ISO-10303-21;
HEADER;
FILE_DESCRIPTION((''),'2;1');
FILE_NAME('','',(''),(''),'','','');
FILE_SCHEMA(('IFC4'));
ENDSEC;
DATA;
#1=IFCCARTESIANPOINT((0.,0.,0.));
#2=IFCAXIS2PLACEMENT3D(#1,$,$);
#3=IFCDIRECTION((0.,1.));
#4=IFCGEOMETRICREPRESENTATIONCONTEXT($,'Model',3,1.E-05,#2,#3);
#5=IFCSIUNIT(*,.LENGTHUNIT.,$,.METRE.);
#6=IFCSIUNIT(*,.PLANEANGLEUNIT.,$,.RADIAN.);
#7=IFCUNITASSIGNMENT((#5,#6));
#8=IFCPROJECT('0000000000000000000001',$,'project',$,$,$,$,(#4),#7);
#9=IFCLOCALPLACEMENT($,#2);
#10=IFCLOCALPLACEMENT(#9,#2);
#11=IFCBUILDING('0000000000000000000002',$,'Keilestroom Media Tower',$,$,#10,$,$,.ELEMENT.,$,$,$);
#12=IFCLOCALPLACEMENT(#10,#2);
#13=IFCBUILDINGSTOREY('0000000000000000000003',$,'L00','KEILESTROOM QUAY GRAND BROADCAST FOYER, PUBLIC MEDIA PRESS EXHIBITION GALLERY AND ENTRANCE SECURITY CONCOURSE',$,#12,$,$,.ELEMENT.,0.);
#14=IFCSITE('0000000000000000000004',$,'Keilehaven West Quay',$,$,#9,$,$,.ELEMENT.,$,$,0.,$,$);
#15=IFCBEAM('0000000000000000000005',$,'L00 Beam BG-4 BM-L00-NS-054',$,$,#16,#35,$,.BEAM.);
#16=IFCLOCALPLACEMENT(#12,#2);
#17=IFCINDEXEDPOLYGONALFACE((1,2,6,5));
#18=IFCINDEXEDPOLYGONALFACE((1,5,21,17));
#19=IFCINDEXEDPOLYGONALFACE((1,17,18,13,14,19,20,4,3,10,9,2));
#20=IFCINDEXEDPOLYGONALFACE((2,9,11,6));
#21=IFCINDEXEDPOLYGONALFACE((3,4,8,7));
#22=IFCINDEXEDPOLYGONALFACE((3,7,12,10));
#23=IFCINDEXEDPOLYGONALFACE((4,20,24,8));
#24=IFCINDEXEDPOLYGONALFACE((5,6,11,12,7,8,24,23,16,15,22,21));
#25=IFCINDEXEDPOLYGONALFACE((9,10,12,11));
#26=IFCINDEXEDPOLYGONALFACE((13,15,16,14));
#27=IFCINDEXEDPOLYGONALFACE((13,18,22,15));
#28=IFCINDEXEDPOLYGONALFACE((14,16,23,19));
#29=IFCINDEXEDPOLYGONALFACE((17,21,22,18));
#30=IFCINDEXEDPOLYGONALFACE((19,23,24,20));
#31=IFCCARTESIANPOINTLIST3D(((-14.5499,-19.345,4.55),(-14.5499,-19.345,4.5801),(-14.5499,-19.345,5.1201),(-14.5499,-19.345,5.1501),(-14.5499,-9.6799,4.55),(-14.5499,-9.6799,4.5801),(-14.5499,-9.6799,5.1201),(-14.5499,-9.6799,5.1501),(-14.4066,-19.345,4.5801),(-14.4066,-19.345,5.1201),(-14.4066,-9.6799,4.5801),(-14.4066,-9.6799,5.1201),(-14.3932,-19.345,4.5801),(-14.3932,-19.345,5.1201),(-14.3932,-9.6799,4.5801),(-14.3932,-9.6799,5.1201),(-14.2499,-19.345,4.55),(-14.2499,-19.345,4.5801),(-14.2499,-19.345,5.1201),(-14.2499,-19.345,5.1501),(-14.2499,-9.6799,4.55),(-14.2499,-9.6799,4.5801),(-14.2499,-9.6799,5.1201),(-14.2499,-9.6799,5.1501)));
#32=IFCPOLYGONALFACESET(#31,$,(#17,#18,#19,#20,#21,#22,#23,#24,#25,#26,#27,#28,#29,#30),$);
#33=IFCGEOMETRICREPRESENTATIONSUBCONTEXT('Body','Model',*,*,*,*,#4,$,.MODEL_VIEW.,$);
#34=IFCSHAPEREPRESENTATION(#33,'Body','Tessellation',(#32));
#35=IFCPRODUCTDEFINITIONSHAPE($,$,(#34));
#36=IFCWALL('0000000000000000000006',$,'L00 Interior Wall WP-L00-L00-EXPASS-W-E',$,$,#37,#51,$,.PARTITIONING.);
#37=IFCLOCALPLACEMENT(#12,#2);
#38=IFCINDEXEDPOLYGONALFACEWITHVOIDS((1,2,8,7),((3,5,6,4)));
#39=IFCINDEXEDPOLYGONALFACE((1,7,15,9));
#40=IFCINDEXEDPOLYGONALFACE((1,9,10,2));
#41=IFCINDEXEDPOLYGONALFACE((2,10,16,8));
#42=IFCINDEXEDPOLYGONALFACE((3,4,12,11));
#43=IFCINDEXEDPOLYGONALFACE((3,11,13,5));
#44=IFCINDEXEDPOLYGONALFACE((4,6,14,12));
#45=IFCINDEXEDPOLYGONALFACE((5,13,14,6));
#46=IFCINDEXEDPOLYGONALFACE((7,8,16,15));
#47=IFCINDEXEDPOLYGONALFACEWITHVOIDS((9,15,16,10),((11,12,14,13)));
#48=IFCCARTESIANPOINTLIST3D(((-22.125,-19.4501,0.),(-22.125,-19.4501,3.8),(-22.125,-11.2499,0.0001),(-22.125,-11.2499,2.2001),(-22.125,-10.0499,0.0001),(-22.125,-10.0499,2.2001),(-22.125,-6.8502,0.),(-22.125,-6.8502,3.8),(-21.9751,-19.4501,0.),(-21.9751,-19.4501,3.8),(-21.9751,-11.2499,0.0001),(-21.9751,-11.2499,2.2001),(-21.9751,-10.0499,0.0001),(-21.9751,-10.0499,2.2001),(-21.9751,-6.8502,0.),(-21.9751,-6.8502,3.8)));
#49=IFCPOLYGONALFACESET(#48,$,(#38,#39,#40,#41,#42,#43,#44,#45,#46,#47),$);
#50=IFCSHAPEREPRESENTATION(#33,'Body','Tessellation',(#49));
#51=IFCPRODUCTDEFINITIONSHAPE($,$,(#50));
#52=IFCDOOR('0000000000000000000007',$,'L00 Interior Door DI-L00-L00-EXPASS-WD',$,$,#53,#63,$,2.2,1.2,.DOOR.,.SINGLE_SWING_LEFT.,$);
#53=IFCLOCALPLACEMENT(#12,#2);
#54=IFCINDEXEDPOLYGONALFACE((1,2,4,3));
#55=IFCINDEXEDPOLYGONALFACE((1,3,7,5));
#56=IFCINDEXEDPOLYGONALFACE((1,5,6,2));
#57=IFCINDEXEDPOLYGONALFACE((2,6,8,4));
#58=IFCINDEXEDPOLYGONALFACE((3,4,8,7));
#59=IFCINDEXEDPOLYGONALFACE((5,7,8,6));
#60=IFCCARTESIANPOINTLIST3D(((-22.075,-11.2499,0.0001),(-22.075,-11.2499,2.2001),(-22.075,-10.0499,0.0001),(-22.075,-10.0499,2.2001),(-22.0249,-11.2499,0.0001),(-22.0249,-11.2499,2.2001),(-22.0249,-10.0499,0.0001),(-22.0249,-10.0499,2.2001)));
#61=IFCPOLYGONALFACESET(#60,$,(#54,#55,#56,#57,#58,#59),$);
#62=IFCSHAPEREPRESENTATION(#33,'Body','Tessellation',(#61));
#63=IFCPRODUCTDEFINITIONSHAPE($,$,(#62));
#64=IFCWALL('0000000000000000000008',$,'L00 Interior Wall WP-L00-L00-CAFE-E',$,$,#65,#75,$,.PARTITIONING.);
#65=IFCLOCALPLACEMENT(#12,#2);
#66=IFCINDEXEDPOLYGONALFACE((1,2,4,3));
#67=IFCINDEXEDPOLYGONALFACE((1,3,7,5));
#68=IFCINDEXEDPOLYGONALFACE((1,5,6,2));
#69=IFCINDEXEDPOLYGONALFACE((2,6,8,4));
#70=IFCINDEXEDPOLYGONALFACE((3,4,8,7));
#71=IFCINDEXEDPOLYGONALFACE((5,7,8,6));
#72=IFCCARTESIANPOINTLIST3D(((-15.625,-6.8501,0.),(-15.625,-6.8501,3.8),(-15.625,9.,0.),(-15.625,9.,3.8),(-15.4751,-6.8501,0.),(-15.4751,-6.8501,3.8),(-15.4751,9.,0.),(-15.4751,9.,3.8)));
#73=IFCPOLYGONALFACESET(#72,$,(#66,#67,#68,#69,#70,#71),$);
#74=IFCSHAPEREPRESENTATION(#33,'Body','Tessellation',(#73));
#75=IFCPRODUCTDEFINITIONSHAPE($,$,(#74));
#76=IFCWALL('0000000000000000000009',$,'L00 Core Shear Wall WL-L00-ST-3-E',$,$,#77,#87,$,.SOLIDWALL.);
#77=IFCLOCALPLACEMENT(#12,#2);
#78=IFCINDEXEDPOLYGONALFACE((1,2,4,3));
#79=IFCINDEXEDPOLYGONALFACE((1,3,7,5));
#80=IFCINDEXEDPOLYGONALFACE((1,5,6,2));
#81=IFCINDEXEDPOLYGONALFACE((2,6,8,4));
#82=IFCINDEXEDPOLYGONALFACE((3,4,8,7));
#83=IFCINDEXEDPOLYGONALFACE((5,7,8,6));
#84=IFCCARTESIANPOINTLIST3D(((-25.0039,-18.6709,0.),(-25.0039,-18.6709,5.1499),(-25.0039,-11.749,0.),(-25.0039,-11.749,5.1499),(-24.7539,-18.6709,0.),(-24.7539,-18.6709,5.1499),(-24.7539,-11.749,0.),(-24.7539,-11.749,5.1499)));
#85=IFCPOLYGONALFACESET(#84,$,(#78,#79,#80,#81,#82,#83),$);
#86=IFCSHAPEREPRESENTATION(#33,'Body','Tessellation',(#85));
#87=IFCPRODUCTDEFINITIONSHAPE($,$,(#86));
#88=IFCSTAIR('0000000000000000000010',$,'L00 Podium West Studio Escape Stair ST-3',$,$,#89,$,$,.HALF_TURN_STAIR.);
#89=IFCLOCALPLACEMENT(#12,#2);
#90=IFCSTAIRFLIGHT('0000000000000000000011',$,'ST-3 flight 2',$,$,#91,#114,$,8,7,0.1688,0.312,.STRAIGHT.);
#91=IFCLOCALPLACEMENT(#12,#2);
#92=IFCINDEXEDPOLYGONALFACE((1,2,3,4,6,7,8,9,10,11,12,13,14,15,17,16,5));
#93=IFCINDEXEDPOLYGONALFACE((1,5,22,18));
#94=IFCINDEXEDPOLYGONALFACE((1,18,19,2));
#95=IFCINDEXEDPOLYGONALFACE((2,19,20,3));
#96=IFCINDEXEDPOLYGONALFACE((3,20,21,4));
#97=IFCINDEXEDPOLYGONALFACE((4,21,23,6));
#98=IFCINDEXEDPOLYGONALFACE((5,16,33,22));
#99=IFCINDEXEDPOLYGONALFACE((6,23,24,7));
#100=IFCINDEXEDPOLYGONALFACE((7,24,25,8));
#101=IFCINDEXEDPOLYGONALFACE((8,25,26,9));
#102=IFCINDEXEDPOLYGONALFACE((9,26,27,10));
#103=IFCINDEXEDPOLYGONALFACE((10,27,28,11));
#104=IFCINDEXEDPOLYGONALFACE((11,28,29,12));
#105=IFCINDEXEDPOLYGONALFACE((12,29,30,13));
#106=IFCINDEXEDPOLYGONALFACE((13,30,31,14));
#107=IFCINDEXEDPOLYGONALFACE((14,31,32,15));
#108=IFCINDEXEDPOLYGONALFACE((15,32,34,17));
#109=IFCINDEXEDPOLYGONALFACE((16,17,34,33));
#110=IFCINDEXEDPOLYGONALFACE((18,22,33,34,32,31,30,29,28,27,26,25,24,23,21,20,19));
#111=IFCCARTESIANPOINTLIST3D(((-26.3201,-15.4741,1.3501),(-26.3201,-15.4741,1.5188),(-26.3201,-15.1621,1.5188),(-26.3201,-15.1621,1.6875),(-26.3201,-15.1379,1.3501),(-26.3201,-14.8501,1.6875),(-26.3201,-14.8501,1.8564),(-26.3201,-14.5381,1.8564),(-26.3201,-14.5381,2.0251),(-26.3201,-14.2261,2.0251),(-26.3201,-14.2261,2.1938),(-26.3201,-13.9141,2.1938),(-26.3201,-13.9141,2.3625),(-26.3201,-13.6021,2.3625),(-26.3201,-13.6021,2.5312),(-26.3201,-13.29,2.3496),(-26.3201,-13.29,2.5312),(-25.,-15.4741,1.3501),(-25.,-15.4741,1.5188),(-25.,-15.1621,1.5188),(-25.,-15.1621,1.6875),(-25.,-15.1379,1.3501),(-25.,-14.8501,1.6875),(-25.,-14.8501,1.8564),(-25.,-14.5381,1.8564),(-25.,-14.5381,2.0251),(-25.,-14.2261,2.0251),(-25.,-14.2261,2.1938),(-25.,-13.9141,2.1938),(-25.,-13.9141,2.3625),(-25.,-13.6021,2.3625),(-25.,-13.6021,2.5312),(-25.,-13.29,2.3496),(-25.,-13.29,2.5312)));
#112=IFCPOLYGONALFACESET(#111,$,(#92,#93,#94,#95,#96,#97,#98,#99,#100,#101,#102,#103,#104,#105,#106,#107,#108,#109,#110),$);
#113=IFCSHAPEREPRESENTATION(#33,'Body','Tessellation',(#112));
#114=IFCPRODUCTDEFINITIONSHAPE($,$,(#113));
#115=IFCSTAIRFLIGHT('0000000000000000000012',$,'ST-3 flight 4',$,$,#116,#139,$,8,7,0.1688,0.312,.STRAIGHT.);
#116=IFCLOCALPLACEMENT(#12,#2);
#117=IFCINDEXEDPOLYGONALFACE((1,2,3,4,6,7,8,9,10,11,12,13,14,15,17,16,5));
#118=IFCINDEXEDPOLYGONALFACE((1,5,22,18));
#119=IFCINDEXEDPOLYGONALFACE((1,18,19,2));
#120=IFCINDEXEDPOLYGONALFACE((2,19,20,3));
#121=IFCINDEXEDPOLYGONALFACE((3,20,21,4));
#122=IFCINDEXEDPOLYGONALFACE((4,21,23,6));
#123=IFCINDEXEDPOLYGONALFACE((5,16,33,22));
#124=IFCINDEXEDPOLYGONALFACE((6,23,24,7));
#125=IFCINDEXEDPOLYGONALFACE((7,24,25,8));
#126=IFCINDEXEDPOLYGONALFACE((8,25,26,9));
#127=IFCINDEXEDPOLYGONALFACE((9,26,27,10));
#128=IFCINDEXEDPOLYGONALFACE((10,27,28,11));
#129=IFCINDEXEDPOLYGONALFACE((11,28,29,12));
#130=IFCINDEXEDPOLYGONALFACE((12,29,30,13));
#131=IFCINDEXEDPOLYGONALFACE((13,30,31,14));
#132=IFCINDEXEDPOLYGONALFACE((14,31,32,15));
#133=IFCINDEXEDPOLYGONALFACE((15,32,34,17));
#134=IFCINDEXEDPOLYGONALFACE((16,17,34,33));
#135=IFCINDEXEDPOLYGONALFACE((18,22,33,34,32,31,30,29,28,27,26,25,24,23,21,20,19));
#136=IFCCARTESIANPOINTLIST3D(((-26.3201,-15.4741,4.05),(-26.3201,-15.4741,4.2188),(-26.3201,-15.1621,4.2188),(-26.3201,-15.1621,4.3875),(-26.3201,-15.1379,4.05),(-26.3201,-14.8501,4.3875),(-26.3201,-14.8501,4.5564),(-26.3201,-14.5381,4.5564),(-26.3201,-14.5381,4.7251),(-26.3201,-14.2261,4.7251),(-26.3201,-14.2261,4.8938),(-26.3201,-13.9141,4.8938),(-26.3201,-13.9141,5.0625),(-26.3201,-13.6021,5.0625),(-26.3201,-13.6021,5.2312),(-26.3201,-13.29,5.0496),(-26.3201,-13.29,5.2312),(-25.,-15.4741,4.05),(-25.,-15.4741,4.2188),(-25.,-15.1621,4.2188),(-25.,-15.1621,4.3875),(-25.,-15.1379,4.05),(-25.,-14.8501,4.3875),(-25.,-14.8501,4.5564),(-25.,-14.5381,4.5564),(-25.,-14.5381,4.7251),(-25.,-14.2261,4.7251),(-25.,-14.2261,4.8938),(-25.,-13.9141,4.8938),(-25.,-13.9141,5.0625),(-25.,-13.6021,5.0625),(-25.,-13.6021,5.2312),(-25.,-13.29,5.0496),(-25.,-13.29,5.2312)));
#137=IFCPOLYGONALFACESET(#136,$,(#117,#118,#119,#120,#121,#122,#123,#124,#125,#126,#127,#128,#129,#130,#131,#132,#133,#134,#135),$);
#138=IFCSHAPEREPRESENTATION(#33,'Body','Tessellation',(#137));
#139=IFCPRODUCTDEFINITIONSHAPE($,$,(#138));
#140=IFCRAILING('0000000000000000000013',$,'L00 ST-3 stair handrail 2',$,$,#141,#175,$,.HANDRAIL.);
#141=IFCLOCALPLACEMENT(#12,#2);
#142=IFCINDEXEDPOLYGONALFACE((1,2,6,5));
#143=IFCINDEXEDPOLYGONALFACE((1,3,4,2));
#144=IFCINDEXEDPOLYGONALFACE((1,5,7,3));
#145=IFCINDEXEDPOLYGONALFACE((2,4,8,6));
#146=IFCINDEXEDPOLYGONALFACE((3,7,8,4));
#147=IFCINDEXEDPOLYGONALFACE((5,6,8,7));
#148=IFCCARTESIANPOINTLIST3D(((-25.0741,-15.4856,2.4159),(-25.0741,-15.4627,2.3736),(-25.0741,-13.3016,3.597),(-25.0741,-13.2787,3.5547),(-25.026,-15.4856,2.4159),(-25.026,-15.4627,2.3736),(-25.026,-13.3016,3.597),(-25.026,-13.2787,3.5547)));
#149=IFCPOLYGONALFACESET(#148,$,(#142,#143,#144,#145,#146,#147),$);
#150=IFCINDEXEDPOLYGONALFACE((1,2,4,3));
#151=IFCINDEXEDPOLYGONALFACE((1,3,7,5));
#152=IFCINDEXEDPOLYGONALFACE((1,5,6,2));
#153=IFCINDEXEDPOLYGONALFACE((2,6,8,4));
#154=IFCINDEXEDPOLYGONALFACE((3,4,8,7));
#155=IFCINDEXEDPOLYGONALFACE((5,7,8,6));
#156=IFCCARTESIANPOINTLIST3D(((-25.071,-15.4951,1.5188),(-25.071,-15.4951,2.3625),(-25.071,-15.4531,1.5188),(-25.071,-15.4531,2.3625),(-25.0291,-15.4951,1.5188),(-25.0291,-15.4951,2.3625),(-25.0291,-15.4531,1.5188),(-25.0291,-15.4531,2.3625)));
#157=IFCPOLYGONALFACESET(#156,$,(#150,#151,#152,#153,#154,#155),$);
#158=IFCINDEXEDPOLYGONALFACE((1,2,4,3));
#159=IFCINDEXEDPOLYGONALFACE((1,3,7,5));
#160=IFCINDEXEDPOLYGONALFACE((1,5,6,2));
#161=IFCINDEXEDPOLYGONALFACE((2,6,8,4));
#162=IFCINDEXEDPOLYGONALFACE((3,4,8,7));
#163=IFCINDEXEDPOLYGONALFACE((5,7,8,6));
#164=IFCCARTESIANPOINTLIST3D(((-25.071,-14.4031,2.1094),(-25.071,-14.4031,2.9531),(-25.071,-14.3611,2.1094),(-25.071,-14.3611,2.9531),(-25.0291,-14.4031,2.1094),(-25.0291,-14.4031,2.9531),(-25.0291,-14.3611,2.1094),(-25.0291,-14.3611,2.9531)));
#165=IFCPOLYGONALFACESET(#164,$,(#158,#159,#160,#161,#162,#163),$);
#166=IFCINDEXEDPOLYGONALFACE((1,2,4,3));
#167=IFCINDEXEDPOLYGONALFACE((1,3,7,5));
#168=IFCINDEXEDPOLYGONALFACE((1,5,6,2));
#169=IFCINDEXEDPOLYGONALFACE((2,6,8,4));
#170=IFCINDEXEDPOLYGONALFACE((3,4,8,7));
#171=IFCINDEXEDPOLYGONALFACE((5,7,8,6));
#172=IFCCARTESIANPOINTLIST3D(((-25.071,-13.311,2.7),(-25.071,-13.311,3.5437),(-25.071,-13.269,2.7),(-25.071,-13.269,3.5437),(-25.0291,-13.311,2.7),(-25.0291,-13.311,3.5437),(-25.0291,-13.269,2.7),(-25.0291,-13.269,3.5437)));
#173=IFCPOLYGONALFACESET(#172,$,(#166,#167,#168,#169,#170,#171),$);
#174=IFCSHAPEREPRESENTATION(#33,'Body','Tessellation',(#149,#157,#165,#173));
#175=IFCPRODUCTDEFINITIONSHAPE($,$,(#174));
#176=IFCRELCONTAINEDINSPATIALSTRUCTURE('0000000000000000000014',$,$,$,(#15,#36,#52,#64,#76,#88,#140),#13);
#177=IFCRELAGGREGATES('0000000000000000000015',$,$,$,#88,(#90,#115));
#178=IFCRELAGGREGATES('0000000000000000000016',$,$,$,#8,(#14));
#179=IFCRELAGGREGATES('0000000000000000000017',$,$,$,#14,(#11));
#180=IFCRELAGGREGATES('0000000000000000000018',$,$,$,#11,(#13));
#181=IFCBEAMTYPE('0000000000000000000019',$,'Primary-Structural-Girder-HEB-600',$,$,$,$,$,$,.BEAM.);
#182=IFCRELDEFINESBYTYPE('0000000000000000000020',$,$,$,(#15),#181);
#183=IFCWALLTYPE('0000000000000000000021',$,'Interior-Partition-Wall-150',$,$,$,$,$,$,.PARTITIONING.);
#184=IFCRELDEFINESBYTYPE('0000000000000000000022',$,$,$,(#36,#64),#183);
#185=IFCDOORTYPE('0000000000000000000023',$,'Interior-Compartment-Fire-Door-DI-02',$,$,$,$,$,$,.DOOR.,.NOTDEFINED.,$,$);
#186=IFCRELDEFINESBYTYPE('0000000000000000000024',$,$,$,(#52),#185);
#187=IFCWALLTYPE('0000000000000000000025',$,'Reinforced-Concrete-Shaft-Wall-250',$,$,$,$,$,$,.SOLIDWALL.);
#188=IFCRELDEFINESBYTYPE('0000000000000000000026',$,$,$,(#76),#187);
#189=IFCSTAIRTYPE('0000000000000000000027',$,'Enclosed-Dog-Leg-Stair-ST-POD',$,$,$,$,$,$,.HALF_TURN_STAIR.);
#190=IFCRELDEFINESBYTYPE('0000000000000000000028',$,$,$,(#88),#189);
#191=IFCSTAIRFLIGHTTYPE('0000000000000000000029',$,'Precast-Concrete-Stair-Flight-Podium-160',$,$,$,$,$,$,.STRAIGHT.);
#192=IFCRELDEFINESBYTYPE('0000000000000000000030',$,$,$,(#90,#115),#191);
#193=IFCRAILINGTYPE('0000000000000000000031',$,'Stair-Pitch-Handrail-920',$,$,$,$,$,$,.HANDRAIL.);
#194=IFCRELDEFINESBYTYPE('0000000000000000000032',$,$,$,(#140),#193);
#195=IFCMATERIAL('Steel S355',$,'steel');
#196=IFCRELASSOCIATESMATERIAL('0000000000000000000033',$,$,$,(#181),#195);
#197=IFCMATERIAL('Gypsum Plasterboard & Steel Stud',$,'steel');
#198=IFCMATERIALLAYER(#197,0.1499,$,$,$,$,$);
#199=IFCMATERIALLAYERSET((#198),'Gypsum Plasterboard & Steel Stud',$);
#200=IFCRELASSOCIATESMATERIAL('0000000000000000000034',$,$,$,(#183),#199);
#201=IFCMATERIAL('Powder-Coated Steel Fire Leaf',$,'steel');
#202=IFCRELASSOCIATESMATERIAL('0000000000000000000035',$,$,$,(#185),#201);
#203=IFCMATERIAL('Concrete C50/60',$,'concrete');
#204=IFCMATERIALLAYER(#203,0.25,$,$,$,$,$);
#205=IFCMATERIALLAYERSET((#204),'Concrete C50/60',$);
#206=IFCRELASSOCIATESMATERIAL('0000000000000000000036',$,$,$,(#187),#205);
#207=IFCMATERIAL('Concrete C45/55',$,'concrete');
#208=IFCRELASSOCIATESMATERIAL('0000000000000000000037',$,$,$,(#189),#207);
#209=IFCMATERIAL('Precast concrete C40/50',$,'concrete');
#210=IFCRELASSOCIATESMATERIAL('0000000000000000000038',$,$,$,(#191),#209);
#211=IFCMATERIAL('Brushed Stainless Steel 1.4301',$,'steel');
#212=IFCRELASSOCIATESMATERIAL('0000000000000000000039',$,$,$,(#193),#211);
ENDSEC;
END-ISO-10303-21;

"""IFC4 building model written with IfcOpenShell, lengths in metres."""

from ifc_helpers import new_model, si_unit, direction, frame, frame_2d, origin, origin_2d, place, context, subcontext, project, spatial, polyline, rectangle, i_section, outline, extrude, source, transform, mapped, material, layer, layer_set, material_profile, profile_set, type_object, element, fill, aggregate, save


model = new_model("IFC4")

# Units and contexts
model_context = context("Model", 3, precision=1e-05, world=origin(), true_north=direction((0.0, 1.0)))
body_context = subcontext(model_context, "Body", "Model", "MODEL_VIEW")
ifc_project = project(units=[si_unit("LENGTHUNIT", "METRE"), si_unit("PLANEANGLEUNIT", "RADIAN")], contexts=[model_context])

# Site, building, storey
site_placement = place(None, origin())
site = spatial("IfcSite", under=ifc_project, at=site_placement, Name="Keilehaven West Quay", CompositionType="ELEMENT", RefElevation=0.0)
building_placement = place(site_placement, origin())
building = spatial("IfcBuilding", under=site, at=building_placement, Name="Keilestroom Media Tower", CompositionType="ELEMENT")
storey_placement = place(building_placement, origin())
storey = spatial("IfcBuildingStorey", under=building, at=storey_placement, Name="L00", Description="KEILESTROOM QUAY GRAND BROADCAST FOYER, PUBLIC MEDIA PRESS EXHIBITION GALLERY AND ENTRANCE SECURITY CONCOURSE", CompositionType="ELEMENT", Elevation=0.0)

# Shared definitions
ifc_material_1 = material(Name="Precast concrete C40/50", Category="concrete")

# Beam
ifc_material_2 = material(Name="Steel S355", Category="steel")
ifc_material_profile_1 = material_profile(ifc_material_2, i_section(OverallWidth=0.3, OverallDepth=0.6001, WebThickness=0.0134, FlangeThickness=0.03, at=origin_2d()), Name="HEB 600")
ifc_profile_set_1 = profile_set([ifc_material_profile_1], Name="Steel S355")
beam_type_1 = type_object("IfcBeamType", Name="Primary-Structural-Girder-HEB-600", PredefinedType="BEAM", material=ifc_profile_set_1)
shared_shape_1 = source(origin(), body_context, "Body", "SweptSolid", [
    extrude(i_section(OverallWidth=0.3, OverallDepth=0.6001, WebThickness=0.0134, FlangeThickness=0.03, at=origin_2d()), origin(), (0.0, 0.0, 1.0), 9.665),
])
beam_1_placement = place(storey_placement, frame((-14.3999, -19.345, 4.8501), z_axis=(0.0, 1.0, 0.0), x_axis=(-1.0, 0.0, 0.0)))
element("IfcBeam", 1, at=beam_1_placement, inside=storey, type_object=beam_type_1, Name="L00 Beam BG-4 BM-L00-NS-054", PredefinedType="BEAM", context=body_context, shape_type="MappedRepresentation", body=[
    mapped(shared_shape_1, transform((0.0, 0.0, 0.0), x_axis=(1.0, 0.0, 0.0), y_axis=(0.0, 1.0, 0.0), z_axis=(0.0, 0.0, 1.0), scale=1.0)),
])

# Wall, opening, door
ifc_material_3 = material(Name="Gypsum Plasterboard & Steel Stud", Category="steel")
ifc_layer_1 = layer(ifc_material_3, 0.1499)
ifc_layer_set_1 = layer_set([ifc_layer_1], Name="Gypsum Plasterboard & Steel Stud")
wall_type_1 = type_object("IfcWallType", Name="Interior-Partition-Wall-150", PredefinedType="PARTITIONING", material=ifc_layer_set_1)
wall_1_placement = place(storey_placement, frame((-22.05, -19.45, 0.0), z_axis=(0.0, 0.0, 1.0), x_axis=(0.0, 1.0, 0.0)))
wall_1 = element("IfcWall", 2, at=wall_1_placement, inside=storey, type_object=wall_type_1, Name="L00 Interior Wall WP-L00-L00-EXPASS-W-E", PredefinedType="PARTITIONING", context=body_context, shape_type="SweptSolid", body=[
    extrude(rectangle(XDim=12.5999, YDim=0.1499, at=frame_2d((6.2998, 0.0))), origin(), (0.0, 0.0, 1.0), 3.8),
])
opening_placement = place(wall_1_placement, frame((8.2, 0.0, 0.0)))
opening = element("IfcOpeningElement", 3, at=opening_placement, cuts=wall_1, PredefinedType="OPENING", context=body_context, shape_type="SweptSolid", body=[
    extrude(rectangle(XDim=1.2, YDim=2.2, at=frame_2d((0.6001, 1.1001))), frame((0.0, 0.085, 0.0), z_axis=(0.0, -1.0, 0.0), x_axis=(1.0, 0.0, 0.0)), (0.0, 0.0, 1.0), 0.1699),
])
ifc_material_4 = material(Name="Powder-Coated Steel Fire Leaf", Category="steel")
door_type = type_object("IfcDoorType", Name="Interior-Compartment-Fire-Door-DI-02", OperationType="NOTDEFINED", PredefinedType="DOOR", material=ifc_material_4)
shared_shape_2 = source(origin(), body_context, "Body", "SweptSolid", [
    extrude(rectangle(XDim=1.2, YDim=2.2, at=frame_2d((0.6001, 1.1001))), frame((0.0, 0.0249, 0.0), z_axis=(0.0, -1.0, 0.0), x_axis=(1.0, 0.0, 0.0)), (0.0, 0.0, 1.0), 0.05),
])
door_placement = place(opening_placement, origin())
door = element("IfcDoor", 4, at=door_placement, inside=storey, type_object=door_type, Name="L00 Interior Door DI-L00-L00-EXPASS-WD", OperationType="SINGLE_SWING_LEFT", OverallHeight=2.2, OverallWidth=1.2, PredefinedType="DOOR", context=body_context, shape_type="MappedRepresentation", body=[
    mapped(shared_shape_2, transform((0.0, 0.0, 0.0), x_axis=(1.0, 0.0, 0.0), y_axis=(0.0, 1.0, 0.0), z_axis=(0.0, 0.0, 1.0), scale=1.0)),
])
fill(opening, door)

# Walls
wall_2_placement = place(storey_placement, frame((-15.55, -6.8501, 0.0), z_axis=(0.0, 0.0, 1.0), x_axis=(0.0, 1.0, 0.0)))
element("IfcWall", 5, at=wall_2_placement, inside=storey, type_object=wall_type_1, Name="L00 Interior Wall WP-L00-L00-CAFE-E", PredefinedType="PARTITIONING", context=body_context, shape_type="SweptSolid", body=[
    extrude(rectangle(XDim=15.8501, YDim=0.1499, at=frame_2d((7.925, 0.0))), origin(), (0.0, 0.0, 1.0), 3.8),
])
ifc_material_5 = material(Name="Concrete C50/60", Category="concrete")
ifc_layer_2 = layer(ifc_material_5, 0.25)
ifc_layer_set_2 = layer_set([ifc_layer_2], Name="Concrete C50/60")
wall_type_2 = type_object("IfcWallType", Name="Reinforced-Concrete-Shaft-Wall-250", PredefinedType="SOLIDWALL", material=ifc_layer_set_2)
wall_3_placement = place(storey_placement, frame((-24.8789, -18.6709, 0.0), z_axis=(0.0, 0.0, 1.0), x_axis=(0.0, 1.0, 0.0)))
element("IfcWall", 6, at=wall_3_placement, inside=storey, type_object=wall_type_2, Name="L00 Core Shear Wall WL-L00-ST-3-E", PredefinedType="SOLIDWALL", context=body_context, shape_type="SweptSolid", body=[
    extrude(rectangle(XDim=6.9219, YDim=0.25, at=frame_2d((3.4609, 0.0))), origin(), (0.0, 0.0, 1.0), 5.1499),
])

# Stair, stair flights
ifc_material_6 = material(Name="Concrete C45/55", Category="concrete")
stair_type = type_object("IfcStairType", Name="Enclosed-Dog-Leg-Stair-ST-POD", PredefinedType="HALF_TURN_STAIR", material=ifc_material_6)
stair_placement = place(storey_placement, origin())
stair = element("IfcStair", 7, at=stair_placement, inside=storey, type_object=stair_type, Name="L00 Podium West Studio Escape Stair ST-3", PredefinedType="HALF_TURN_STAIR")
stair_flight_type = type_object("IfcStairFlightType", Name="Precast-Concrete-Stair-Flight-Podium-160", PredefinedType="STRAIGHT", material=ifc_material_1)
stair_flight_1_placement = place(storey_placement, frame((-25.6599, -15.4741, 1.3501), z_axis=(0.0, 0.0, 1.0), x_axis=(0.0, 1.0, 0.0)))
stair_flight_1 = element("IfcStairFlight", 8, at=stair_flight_1_placement, type_object=stair_flight_type, Name="ST-3 flight 2", NumberOfRisers=8, NumberOfTreads=7, PredefinedType="STRAIGHT", RiserHeight=0.1688, TreadLength=0.312, context=body_context, shape_type="SweptSolid", body=[
    extrude(outline(polyline([(0.0, 0.0), (0.0, 0.1687), (0.312, 0.1687), (0.312, 0.3374), (0.624, 0.3374), (0.624, 0.5063), (0.936, 0.5063), (0.936, 0.675), (1.248, 0.675), (1.248, 0.8438), (1.5601, 0.8438), (1.5601, 1.0125), (1.8721, 1.0125), (1.8721, 1.1812), (2.1841, 1.1812), (2.1841, 1.3501), (2.1841, 0.9995), (0.3362, 0.0), (0.0, 0.0)])), frame((0.0, 0.6602, 0.0), z_axis=(0.0, -1.0, 0.0), x_axis=(1.0, 0.0, 0.0)), (0.0, 0.0, 1.0), 1.3201),
])
stair_flight_2_placement = place(storey_placement, frame((-25.6599, -15.4741, 4.05), z_axis=(0.0, 0.0, 1.0), x_axis=(0.0, 1.0, 0.0)))
stair_flight_2 = element("IfcStairFlight", 9, at=stair_flight_2_placement, type_object=stair_flight_type, Name="ST-3 flight 4", NumberOfRisers=8, NumberOfTreads=7, PredefinedType="STRAIGHT", RiserHeight=0.1688, TreadLength=0.312, context=body_context, shape_type="SweptSolid", body=[
    extrude(outline(polyline([(0.0, 0.0), (0.0, 0.1687), (0.312, 0.1687), (0.312, 0.3374), (0.624, 0.3374), (0.624, 0.5063), (0.936, 0.5063), (0.936, 0.675), (1.248, 0.675), (1.248, 0.8438), (1.5601, 0.8438), (1.5601, 1.0125), (1.8721, 1.0125), (1.8721, 1.1812), (2.1841, 1.1812), (2.1841, 1.3501), (2.1841, 0.9995), (0.3362, 0.0), (0.0, 0.0)])), frame((0.0, 0.6602, 0.0), z_axis=(0.0, -1.0, 0.0), x_axis=(1.0, 0.0, 0.0)), (0.0, 0.0, 1.0), 1.3201),
])
aggregate(stair, [stair_flight_1, stair_flight_2])

# Railing
ifc_material_7 = material(Name="Brushed Stainless Steel 1.4301", Category="steel")
railing_type_1 = type_object("IfcRailingType", Name="Stair-Pitch-Handrail-920", PredefinedType="HANDRAIL", material=ifc_material_7)
for number, where, name in (
    (10, (-25.05, -15.4741, 1.5188), "L00 ST-3 stair handrail 2"),
):
    element("IfcRailing", number, at=place(storey_placement, frame(where)), inside=storey, type_object=railing_type_1, Name=name, PredefinedType="HANDRAIL", context=body_context, shape_type="SweptSolid", body=[
        extrude(rectangle(XDim=0.0481, YDim=0.0481, at=origin_2d()), frame((0.0, 0.0, 0.876), z_axis=(0.0, 0.879611, 0.475694), x_axis=(-1.0, 0.0, 0.0)), (0.0, 0.0, 1.0), 2.4829),
        extrude(rectangle(XDim=0.042, YDim=0.042, at=origin_2d()), origin(), (0.0, 0.0, 1.0), 0.8438),
        extrude(rectangle(XDim=0.042, YDim=0.042, at=origin_2d()), frame((0.0, 1.092, 0.5906)), (0.0, 0.0, 1.0), 0.8438),
        extrude(rectangle(XDim=0.042, YDim=0.042, at=origin_2d()), frame((0.0, 2.1841, 1.1812)), (0.0, 0.0, 1.0), 0.8438),
    ])

save(model, "model.ifc")
